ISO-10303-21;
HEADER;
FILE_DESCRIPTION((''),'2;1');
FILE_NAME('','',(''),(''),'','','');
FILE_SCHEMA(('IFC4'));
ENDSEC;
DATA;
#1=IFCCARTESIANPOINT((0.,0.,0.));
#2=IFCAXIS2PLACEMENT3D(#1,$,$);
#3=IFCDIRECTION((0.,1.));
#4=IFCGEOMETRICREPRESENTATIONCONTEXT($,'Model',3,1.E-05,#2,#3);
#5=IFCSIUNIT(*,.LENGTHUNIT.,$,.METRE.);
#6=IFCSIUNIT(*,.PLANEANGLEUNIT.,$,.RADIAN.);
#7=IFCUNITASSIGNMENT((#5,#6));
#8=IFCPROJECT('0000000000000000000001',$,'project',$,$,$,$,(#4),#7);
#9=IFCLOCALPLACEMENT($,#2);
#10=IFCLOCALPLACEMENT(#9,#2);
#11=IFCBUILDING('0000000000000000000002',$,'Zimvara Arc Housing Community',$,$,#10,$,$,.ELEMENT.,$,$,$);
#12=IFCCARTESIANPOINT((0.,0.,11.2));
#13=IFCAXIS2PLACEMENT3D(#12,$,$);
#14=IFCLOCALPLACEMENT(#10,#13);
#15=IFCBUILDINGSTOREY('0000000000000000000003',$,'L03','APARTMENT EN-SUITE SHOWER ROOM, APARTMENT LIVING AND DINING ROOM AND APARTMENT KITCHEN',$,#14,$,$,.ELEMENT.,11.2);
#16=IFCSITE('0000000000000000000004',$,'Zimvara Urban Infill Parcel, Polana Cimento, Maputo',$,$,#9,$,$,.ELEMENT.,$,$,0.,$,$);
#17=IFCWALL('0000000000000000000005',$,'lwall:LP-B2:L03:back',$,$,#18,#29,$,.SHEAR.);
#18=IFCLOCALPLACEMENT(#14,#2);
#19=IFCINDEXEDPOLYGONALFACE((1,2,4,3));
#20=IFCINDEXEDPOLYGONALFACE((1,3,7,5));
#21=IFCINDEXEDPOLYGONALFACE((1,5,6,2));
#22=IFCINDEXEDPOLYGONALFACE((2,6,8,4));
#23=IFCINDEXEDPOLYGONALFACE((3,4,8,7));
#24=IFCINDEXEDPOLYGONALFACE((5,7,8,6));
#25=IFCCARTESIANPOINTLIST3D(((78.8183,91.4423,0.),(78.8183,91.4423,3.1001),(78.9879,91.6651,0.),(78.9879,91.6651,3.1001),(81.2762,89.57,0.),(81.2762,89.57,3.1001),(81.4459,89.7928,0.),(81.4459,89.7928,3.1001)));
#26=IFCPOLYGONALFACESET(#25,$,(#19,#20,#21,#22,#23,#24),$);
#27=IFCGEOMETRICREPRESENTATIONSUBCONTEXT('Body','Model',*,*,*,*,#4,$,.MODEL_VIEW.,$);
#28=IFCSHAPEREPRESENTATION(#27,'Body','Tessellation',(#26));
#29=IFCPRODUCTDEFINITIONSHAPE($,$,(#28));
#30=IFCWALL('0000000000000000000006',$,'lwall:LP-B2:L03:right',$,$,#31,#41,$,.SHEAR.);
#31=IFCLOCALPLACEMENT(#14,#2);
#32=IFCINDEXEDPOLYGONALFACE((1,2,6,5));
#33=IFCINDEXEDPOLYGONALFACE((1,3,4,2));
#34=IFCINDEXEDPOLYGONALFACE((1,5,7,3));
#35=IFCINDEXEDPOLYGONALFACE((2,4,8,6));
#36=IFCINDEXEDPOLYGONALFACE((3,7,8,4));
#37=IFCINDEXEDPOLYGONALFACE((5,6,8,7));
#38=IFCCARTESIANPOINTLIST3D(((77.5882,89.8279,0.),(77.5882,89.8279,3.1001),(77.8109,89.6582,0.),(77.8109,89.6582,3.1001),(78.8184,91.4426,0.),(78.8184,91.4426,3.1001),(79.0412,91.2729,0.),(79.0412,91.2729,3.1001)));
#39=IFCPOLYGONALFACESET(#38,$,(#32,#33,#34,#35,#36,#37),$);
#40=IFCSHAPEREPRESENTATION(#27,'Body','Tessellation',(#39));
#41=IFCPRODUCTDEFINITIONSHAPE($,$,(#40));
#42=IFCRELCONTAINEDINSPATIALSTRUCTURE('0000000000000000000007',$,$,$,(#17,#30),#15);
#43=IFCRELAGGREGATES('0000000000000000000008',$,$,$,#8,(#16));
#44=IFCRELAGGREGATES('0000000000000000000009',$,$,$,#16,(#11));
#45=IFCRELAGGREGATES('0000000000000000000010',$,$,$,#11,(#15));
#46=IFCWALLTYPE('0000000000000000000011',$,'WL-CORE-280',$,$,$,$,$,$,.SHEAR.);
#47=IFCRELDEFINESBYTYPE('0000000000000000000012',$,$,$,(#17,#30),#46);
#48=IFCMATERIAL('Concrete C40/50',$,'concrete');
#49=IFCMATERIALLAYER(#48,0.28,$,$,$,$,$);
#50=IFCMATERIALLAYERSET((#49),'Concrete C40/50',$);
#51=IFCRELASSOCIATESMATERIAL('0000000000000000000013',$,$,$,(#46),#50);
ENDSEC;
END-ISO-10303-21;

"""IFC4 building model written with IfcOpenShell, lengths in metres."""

from ifc_helpers import new_model, si_unit, direction, frame, frame_2d, origin, place, context, subcontext, project, spatial, rectangle, extrude, material, layer, layer_set, type_object, element, save


model = new_model("IFC4")

# Units and contexts
model_context = context("Model", 3, precision=1e-05, world=origin(), true_north=direction((0.0, 1.0)))
body_context = subcontext(model_context, "Body", "Model", "MODEL_VIEW")
ifc_project = project(units=[si_unit("LENGTHUNIT", "METRE"), si_unit("PLANEANGLEUNIT", "RADIAN")], contexts=[model_context])

# Site, building, storey
site_placement = place(None, origin())
site = spatial("IfcSite", under=ifc_project, at=site_placement, Name="Zimvara Urban Infill Parcel, Polana Cimento, Maputo", CompositionType="ELEMENT", RefElevation=0.0)
building_placement = place(site_placement, origin())
building = spatial("IfcBuilding", under=site, at=building_placement, Name="Zimvara Arc Housing Community", CompositionType="ELEMENT")
storey_placement = place(building_placement, frame((0.0, 0.0, 11.2)))
storey = spatial("IfcBuildingStorey", under=building, at=storey_placement, Name="L03", Description="APARTMENT EN-SUITE SHOWER ROOM, APARTMENT LIVING AND DINING ROOM AND APARTMENT KITCHEN", CompositionType="ELEMENT", Elevation=11.2)

# Walls
ifc_material_1 = material(Name="Concrete C40/50", Category="concrete")
ifc_layer_1 = layer(ifc_material_1, 0.28)
ifc_layer_set_1 = layer_set([ifc_layer_1], Name="Concrete C40/50")
wall_type_1 = type_object("IfcWallType", Name="WL-CORE-280", PredefinedType="SHEAR", material=ifc_layer_set_1)
wall_1_placement = place(storey_placement, frame((81.3611, 89.6814, 0.0), z_axis=(0.0, 0.0, 1.0), x_axis=(-0.795502, 0.60595, 0.0)))
element("IfcWall", 1, at=wall_1_placement, inside=storey, type_object=wall_type_1, Name="lwall:LP-B2:L03:back", PredefinedType="SHEAR", context=body_context, shape_type="SweptSolid", body=[
    extrude(rectangle(XDim=3.0898, YDim=0.28, at=frame_2d((1.5449, 0.0))), origin(), (0.0, 0.0, 1.0), 3.1001),
])
wall_2_placement = place(storey_placement, frame((77.6995, 89.7429, 0.0), z_axis=(0.0, 0.0, 1.0), x_axis=(0.606025, 0.795446, 0.0)))
element("IfcWall", 2, at=wall_2_placement, inside=storey, type_object=wall_type_1, Name="lwall:LP-B2:L03:right", PredefinedType="SHEAR", context=body_context, shape_type="SweptSolid", body=[
    extrude(rectangle(XDim=2.03, YDim=0.28, at=frame_2d((1.0151, 0.0))), origin(), (0.0, 0.0, 1.0), 3.1001),
])

save(model, "model.ifc")
